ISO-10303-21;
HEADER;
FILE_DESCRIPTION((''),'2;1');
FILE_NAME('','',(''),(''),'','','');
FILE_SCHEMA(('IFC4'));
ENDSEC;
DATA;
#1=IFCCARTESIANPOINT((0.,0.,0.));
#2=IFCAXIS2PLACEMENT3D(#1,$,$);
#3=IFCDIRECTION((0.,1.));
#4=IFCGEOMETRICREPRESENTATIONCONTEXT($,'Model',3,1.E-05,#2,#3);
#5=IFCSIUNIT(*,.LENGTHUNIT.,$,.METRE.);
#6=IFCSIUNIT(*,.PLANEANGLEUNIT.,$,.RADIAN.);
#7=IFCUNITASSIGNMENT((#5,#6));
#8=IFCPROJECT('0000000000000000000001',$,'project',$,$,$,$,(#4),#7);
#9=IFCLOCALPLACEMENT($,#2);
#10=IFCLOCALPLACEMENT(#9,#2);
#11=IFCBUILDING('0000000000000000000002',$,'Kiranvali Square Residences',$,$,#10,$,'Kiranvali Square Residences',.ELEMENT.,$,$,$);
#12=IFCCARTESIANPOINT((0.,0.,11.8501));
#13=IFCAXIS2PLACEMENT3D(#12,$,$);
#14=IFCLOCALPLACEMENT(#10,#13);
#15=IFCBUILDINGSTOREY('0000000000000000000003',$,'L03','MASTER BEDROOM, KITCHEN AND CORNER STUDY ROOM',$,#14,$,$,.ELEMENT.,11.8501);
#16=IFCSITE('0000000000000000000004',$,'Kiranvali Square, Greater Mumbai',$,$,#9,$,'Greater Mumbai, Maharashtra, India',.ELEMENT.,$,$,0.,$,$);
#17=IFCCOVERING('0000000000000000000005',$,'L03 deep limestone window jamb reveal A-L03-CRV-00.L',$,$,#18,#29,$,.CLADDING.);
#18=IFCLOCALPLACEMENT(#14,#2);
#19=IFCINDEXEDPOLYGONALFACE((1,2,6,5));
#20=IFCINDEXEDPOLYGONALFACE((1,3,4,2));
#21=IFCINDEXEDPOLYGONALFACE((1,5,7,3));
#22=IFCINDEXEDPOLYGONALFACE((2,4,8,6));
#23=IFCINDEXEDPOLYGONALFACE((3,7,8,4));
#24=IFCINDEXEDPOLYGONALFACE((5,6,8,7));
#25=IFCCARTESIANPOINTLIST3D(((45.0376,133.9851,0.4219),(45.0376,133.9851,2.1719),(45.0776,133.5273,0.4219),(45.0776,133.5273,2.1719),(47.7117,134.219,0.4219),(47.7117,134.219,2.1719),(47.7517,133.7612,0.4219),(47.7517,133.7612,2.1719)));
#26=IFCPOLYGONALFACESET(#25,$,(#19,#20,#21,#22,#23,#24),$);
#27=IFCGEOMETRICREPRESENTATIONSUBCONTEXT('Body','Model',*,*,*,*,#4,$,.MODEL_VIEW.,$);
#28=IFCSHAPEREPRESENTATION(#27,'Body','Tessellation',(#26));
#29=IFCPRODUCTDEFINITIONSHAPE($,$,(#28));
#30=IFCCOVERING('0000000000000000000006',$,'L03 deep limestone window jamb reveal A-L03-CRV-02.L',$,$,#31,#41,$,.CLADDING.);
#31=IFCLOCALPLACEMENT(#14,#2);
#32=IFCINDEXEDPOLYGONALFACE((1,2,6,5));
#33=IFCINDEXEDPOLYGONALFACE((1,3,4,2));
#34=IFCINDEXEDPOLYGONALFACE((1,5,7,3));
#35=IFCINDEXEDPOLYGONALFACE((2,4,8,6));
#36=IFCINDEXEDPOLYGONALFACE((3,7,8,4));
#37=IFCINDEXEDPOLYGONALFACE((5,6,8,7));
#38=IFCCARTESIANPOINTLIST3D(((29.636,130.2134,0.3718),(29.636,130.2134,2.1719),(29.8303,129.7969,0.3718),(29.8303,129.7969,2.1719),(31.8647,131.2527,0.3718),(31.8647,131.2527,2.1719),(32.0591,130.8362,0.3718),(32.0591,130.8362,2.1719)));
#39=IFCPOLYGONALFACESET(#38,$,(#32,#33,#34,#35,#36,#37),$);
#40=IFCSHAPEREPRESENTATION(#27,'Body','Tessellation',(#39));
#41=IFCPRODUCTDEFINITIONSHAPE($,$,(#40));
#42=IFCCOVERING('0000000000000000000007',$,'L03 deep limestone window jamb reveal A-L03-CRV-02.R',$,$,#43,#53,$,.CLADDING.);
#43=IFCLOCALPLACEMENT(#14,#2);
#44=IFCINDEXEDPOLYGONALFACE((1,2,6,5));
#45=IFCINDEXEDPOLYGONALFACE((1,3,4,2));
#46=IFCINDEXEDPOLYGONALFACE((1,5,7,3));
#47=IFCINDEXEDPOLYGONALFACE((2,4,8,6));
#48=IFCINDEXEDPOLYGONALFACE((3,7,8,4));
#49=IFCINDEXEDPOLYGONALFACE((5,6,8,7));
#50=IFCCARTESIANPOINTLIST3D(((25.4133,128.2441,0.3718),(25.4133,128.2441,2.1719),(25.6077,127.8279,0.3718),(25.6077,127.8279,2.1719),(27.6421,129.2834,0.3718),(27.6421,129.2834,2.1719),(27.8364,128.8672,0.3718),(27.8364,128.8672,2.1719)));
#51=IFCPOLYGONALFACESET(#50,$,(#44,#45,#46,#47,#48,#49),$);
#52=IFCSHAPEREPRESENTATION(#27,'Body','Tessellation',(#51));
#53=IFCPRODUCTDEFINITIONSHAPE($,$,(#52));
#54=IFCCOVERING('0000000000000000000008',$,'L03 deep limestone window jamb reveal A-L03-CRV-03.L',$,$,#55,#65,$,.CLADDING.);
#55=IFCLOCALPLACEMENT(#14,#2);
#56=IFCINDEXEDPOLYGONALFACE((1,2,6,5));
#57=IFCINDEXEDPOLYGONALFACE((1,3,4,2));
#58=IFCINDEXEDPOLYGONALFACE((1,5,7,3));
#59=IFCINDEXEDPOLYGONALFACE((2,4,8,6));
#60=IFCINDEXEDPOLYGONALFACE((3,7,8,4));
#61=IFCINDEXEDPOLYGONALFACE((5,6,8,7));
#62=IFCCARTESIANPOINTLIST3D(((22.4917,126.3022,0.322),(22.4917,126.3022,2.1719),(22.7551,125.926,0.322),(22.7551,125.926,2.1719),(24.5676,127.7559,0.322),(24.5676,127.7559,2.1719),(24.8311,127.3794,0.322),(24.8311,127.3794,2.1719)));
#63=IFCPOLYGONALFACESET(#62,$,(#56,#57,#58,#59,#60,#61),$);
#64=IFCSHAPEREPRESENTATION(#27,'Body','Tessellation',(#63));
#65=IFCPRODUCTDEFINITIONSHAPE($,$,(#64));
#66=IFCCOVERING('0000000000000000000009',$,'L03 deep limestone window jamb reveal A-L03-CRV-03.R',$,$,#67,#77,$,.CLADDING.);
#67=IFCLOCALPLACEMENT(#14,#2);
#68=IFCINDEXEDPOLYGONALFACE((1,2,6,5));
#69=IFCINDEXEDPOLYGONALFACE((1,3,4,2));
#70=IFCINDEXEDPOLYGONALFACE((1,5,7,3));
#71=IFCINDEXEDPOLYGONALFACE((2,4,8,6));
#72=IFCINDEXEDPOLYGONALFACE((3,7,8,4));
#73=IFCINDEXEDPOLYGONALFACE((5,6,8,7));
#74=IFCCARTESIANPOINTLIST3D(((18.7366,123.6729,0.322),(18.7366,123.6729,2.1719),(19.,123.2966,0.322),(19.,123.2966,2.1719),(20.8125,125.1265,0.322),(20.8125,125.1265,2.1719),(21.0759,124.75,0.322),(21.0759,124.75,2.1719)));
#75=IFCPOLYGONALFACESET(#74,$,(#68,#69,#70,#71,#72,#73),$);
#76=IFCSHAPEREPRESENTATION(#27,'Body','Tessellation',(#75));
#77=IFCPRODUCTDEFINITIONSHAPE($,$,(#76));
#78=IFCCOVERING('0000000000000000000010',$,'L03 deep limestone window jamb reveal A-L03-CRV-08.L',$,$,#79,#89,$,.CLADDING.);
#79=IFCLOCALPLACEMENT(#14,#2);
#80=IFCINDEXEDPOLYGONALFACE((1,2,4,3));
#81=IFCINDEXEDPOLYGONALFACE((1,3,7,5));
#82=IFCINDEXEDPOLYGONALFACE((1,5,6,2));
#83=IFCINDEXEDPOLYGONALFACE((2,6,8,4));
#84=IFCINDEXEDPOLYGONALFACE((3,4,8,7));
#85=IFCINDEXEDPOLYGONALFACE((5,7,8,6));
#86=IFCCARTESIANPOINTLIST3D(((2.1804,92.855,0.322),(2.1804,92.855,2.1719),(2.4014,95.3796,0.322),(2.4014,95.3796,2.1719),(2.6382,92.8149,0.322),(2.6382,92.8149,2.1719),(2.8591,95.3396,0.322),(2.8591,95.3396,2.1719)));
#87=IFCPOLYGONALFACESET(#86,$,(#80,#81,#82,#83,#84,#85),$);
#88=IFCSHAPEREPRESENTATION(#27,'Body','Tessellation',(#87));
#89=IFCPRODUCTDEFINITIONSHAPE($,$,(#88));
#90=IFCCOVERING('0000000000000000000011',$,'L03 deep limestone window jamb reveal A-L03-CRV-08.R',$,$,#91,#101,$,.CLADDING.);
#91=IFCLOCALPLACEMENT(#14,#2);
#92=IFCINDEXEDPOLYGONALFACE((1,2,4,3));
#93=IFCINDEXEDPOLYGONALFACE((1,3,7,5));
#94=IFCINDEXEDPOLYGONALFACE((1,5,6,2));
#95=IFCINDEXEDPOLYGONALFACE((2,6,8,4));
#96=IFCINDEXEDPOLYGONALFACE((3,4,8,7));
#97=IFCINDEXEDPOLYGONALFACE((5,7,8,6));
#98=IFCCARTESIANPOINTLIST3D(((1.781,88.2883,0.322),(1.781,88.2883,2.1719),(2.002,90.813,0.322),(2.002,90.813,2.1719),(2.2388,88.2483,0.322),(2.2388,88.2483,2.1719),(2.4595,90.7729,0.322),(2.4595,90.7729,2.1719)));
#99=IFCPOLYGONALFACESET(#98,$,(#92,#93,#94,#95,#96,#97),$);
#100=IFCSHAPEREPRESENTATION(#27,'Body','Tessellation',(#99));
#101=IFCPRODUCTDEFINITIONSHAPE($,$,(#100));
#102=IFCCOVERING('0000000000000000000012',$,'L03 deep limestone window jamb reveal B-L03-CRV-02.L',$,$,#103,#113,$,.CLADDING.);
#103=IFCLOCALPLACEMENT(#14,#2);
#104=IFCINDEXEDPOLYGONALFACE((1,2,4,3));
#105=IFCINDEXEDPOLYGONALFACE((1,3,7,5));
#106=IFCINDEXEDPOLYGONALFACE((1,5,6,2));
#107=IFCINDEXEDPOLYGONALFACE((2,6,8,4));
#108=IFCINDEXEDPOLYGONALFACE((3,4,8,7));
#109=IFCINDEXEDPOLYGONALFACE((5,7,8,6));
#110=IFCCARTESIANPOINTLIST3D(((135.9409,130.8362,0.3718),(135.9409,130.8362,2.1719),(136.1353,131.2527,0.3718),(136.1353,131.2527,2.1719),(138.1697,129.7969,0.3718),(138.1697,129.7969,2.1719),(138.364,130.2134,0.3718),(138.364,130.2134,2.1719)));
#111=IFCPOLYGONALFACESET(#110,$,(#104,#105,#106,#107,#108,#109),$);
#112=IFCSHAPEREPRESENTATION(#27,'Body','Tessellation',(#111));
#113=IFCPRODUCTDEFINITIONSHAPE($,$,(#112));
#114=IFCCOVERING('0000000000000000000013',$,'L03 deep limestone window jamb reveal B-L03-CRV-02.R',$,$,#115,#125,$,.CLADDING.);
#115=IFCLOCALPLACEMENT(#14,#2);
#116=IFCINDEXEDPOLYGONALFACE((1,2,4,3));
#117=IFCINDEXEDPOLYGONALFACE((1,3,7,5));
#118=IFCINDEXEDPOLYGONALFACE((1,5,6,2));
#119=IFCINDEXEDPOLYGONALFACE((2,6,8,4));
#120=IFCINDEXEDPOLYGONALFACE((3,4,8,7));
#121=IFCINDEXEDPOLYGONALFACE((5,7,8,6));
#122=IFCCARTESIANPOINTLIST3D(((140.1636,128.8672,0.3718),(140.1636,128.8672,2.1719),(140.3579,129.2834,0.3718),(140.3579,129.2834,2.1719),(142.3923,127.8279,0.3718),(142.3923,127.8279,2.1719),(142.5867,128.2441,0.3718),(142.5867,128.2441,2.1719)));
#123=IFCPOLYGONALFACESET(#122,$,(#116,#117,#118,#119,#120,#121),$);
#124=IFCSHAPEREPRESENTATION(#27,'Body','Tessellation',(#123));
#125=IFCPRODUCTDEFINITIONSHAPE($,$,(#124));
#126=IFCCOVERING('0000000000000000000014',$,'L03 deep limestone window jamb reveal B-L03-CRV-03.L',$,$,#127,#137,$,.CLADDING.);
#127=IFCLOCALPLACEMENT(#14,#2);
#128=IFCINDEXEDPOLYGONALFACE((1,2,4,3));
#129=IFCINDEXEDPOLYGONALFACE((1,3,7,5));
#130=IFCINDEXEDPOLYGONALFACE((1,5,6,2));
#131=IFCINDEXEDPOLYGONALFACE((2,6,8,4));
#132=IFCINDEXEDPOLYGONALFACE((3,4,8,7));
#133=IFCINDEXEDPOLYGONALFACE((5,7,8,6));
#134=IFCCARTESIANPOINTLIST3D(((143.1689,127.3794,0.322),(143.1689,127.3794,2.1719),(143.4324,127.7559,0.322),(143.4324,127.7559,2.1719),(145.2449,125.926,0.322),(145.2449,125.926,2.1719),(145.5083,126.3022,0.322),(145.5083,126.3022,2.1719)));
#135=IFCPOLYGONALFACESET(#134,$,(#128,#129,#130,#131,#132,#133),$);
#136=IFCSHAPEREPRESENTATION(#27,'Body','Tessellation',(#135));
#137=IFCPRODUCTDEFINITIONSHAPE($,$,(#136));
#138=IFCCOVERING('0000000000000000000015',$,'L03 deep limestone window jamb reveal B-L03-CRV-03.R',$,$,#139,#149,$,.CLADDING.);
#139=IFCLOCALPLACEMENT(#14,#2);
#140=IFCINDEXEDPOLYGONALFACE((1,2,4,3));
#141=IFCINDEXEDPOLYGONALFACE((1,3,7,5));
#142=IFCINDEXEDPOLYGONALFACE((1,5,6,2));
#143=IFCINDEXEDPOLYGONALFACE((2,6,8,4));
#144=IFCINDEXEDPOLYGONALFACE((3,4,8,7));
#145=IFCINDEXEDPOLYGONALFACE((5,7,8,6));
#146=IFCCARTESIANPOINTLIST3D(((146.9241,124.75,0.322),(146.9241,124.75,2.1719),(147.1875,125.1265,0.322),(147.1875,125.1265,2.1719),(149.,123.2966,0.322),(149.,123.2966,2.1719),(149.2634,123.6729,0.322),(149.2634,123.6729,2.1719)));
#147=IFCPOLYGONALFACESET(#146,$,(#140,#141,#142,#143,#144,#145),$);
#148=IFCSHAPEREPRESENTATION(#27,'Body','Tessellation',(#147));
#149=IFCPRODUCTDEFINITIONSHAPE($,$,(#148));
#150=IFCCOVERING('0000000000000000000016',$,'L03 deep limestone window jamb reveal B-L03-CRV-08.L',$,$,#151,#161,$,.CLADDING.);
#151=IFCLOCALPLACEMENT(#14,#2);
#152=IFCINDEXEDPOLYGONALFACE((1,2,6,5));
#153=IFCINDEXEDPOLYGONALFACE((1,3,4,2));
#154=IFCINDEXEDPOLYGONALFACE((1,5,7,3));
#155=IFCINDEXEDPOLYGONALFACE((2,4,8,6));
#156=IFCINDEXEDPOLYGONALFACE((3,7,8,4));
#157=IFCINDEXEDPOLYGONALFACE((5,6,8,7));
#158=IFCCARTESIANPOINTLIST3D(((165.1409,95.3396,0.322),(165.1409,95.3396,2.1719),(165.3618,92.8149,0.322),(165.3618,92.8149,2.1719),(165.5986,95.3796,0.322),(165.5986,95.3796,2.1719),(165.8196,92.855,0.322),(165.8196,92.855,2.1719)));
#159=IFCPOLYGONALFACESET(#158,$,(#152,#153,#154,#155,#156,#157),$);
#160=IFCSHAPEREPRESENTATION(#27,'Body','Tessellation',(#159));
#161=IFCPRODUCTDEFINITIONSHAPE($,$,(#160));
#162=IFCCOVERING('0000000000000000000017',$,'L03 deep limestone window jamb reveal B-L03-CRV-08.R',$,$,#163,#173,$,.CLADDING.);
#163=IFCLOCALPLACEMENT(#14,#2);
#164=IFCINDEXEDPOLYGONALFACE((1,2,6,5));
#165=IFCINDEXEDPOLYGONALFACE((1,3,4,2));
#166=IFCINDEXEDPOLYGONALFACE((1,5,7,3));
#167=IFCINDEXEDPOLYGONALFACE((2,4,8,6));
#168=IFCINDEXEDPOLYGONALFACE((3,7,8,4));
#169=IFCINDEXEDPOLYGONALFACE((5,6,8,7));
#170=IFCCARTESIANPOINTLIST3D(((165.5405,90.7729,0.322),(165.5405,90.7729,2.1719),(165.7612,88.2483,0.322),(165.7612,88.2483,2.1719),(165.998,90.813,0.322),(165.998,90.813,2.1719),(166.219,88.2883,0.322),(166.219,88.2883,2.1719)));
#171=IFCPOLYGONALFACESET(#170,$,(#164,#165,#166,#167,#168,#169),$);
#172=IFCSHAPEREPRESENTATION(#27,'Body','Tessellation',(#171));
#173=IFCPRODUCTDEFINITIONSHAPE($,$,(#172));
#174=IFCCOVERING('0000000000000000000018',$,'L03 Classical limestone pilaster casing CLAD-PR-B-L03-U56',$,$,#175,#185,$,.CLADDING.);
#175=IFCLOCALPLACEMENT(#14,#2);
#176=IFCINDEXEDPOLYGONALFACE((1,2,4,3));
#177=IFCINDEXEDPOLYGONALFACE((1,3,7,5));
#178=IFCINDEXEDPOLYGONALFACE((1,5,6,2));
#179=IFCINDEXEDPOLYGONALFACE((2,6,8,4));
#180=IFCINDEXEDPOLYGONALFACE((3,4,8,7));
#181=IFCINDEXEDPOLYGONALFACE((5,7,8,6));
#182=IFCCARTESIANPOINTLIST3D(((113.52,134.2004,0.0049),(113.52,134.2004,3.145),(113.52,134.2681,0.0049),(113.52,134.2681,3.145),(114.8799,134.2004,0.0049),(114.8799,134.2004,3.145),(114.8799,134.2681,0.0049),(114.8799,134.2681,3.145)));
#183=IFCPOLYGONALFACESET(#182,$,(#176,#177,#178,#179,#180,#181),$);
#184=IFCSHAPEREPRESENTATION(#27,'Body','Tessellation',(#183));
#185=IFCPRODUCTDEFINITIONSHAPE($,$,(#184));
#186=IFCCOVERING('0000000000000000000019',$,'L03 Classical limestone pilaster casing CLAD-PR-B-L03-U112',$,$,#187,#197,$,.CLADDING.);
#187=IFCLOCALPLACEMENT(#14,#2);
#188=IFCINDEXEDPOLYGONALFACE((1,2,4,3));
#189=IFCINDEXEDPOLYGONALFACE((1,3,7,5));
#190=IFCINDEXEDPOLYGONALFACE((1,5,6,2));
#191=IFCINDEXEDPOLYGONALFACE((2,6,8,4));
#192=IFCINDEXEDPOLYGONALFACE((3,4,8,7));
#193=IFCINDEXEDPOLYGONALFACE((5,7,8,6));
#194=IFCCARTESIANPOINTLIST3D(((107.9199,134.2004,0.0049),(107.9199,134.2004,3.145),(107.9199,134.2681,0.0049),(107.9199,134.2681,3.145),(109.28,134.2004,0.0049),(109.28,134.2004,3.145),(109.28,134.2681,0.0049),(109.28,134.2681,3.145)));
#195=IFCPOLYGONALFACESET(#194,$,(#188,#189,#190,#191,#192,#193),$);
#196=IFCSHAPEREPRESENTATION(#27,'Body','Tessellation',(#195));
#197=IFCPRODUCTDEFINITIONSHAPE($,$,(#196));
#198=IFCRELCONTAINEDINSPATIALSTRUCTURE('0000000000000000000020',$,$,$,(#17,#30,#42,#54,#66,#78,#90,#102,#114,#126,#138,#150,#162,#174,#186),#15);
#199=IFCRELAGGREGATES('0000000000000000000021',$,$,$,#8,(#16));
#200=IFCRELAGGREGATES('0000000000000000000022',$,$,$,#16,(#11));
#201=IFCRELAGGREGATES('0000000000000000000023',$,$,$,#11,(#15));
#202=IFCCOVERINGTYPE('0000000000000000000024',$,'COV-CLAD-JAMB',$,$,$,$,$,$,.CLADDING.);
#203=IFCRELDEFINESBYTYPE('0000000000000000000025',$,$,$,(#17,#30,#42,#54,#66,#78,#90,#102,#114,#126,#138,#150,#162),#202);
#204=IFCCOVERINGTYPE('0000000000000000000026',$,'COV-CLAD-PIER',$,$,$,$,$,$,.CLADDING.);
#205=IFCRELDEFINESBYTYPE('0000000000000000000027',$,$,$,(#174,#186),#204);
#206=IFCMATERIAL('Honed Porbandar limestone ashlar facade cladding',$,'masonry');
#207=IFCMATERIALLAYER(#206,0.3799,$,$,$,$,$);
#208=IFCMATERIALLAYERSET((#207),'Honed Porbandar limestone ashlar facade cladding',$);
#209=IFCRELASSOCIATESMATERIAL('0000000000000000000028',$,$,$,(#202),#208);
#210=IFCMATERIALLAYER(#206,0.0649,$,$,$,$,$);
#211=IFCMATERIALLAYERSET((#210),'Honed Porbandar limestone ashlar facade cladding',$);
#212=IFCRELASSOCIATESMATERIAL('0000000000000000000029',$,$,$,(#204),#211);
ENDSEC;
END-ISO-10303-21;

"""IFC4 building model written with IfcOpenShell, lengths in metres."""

from ifc_helpers import new_model, si_unit, direction, frame, origin, place, context, subcontext, project, spatial, polyline, outline, extrude, material, layer, layer_set, type_object, element, save


model = new_model("IFC4")

# Units and contexts
model_context = context("Model", 3, precision=1e-05, world=origin(), true_north=direction((0.0, 1.0)))
body_context = subcontext(model_context, "Body", "Model", "MODEL_VIEW")
ifc_project = project(units=[si_unit("LENGTHUNIT", "METRE"), si_unit("PLANEANGLEUNIT", "RADIAN")], contexts=[model_context])

# Site, building, storey
site_placement = place(None, origin())
site = spatial("IfcSite", under=ifc_project, at=site_placement, Name="Kiranvali Square, Greater Mumbai", LongName="Greater Mumbai, Maharashtra, India", CompositionType="ELEMENT", RefElevation=0.0)
building_placement = place(site_placement, origin())
building = spatial("IfcBuilding", under=site, at=building_placement, Name="Kiranvali Square Residences", LongName="Kiranvali Square Residences", CompositionType="ELEMENT")
storey_placement = place(building_placement, frame((0.0, 0.0, 11.8501)))
storey = spatial("IfcBuildingStorey", under=building, at=storey_placement, Name="L03", Description="MASTER BEDROOM, KITCHEN AND CORNER STUDY ROOM", CompositionType="ELEMENT", Elevation=11.8501)

# Coverings
ifc_material = material(Name="Honed Porbandar limestone ashlar facade cladding", Category="masonry")
ifc_layer_1 = layer(ifc_material, 0.3799)
ifc_layer_set_1 = layer_set([ifc_layer_1], Name="Honed Porbandar limestone ashlar facade cladding")
covering_type_1 = type_object("IfcCoveringType", Name="COV-CLAD-JAMB", PredefinedType="CLADDING", material=ifc_layer_set_1)
covering_1_placement = place(storey_placement, frame((0.0, 0.0, 0.4219)))
element("IfcCovering", 1, at=covering_1_placement, inside=storey, type_object=covering_type_1, Name="L03 deep limestone window jamb reveal A-L03-CRV-00.L", PredefinedType="CLADDING", context=body_context, shape_type="SweptSolid", body=[
    extrude(outline(polyline([(47.7117, 134.219), (45.0376, 133.9851), (45.0776, 133.5273), (47.7517, 133.7612), (47.7117, 134.219)])), origin(), (0.0, 0.0, 1.0), 1.75),
])
covering_2_placement = place(storey_placement, frame((0.0, 0.0, 0.3718)))
element("IfcCovering", 2, at=covering_2_placement, inside=storey, type_object=covering_type_1, Name="L03 deep limestone window jamb reveal A-L03-CRV-02.L", PredefinedType="CLADDING", context=body_context, shape_type="SweptSolid", body=[
    extrude(outline(polyline([(31.8647, 131.2527), (29.636, 130.2134), (29.8303, 129.7969), (32.0591, 130.8362), (31.8647, 131.2527)])), origin(), (0.0, 0.0, 1.0), 1.8),
])
covering_3_placement = place(storey_placement, frame((0.0, 0.0, 0.3718)))
element("IfcCovering", 3, at=covering_3_placement, inside=storey, type_object=covering_type_1, Name="L03 deep limestone window jamb reveal A-L03-CRV-02.R", PredefinedType="CLADDING", context=body_context, shape_type="SweptSolid", body=[
    extrude(outline(polyline([(27.6421, 129.2834), (25.4133, 128.2441), (25.6077, 127.8279), (27.8364, 128.8672), (27.6421, 129.2834)])), origin(), (0.0, 0.0, 1.0), 1.8),
])
covering_4_placement = place(storey_placement, frame((0.0, 0.0, 0.322)))
element("IfcCovering", 4, at=covering_4_placement, inside=storey, type_object=covering_type_1, Name="L03 deep limestone window jamb reveal A-L03-CRV-03.L", PredefinedType="CLADDING", context=body_context, shape_type="SweptSolid", body=[
    extrude(outline(polyline([(24.5676, 127.7559), (22.4917, 126.3022), (22.7551, 125.926), (24.8311, 127.3794), (24.5676, 127.7559)])), origin(), (0.0, 0.0, 1.0), 1.8499),
])
covering_5_placement = place(storey_placement, frame((0.0, 0.0, 0.322)))
element("IfcCovering", 5, at=covering_5_placement, inside=storey, type_object=covering_type_1, Name="L03 deep limestone window jamb reveal A-L03-CRV-03.R", PredefinedType="CLADDING", context=body_context, shape_type="SweptSolid", body=[
    extrude(outline(polyline([(20.8125, 125.1265), (18.7366, 123.6729), (19.0, 123.2966), (21.0759, 124.75), (20.8125, 125.1265)])), origin(), (0.0, 0.0, 1.0), 1.8499),
])
covering_6_placement = place(storey_placement, frame((0.0, 0.0, 0.322)))
element("IfcCovering", 6, at=covering_6_placement, inside=storey, type_object=covering_type_1, Name="L03 deep limestone window jamb reveal A-L03-CRV-08.L", PredefinedType="CLADDING", context=body_context, shape_type="SweptSolid", body=[
    extrude(outline(polyline([(2.4014, 95.3796), (2.1804, 92.855), (2.6382, 92.8149), (2.8591, 95.3396), (2.4014, 95.3796)])), origin(), (0.0, 0.0, 1.0), 1.8499),
])
covering_7_placement = place(storey_placement, frame((0.0, 0.0, 0.322)))
element("IfcCovering", 7, at=covering_7_placement, inside=storey, type_object=covering_type_1, Name="L03 deep limestone window jamb reveal A-L03-CRV-08.R", PredefinedType="CLADDING", context=body_context, shape_type="SweptSolid", body=[
    extrude(outline(polyline([(2.002, 90.813), (1.781, 88.2883), (2.2388, 88.2483), (2.4595, 90.7729), (2.002, 90.813)])), origin(), (0.0, 0.0, 1.0), 1.8499),
])
covering_8_placement = place(storey_placement, frame((0.0, 0.0, 0.3718)))
element("IfcCovering", 8, at=covering_8_placement, inside=storey, type_object=covering_type_1, Name="L03 deep limestone window jamb reveal B-L03-CRV-02.L", PredefinedType="CLADDING", context=body_context, shape_type="SweptSolid", body=[
    extrude(outline(polyline([(135.9409, 130.8362), (138.1697, 129.7969), (138.364, 130.2134), (136.1353, 131.2527), (135.9409, 130.8362)])), origin(), (0.0, 0.0, 1.0), 1.8),
])
covering_9_placement = place(storey_placement, frame((0.0, 0.0, 0.3718)))
element("IfcCovering", 9, at=covering_9_placement, inside=storey, type_object=covering_type_1, Name="L03 deep limestone window jamb reveal B-L03-CRV-02.R", PredefinedType="CLADDING", context=body_context, shape_type="SweptSolid", body=[
    extrude(outline(polyline([(140.1636, 128.8672), (142.3923, 127.8279), (142.5867, 128.2441), (140.3579, 129.2834), (140.1636, 128.8672)])), origin(), (0.0, 0.0, 1.0), 1.8),
])
covering_10_placement = place(storey_placement, frame((0.0, 0.0, 0.322)))
element("IfcCovering", 10, at=covering_10_placement, inside=storey, type_object=covering_type_1, Name="L03 deep limestone window jamb reveal B-L03-CRV-03.L", PredefinedType="CLADDING", context=body_context, shape_type="SweptSolid", body=[
    extrude(outline(polyline([(143.1689, 127.3794), (145.2449, 125.926), (145.5083, 126.3022), (143.4324, 127.7559), (143.1689, 127.3794)])), origin(), (0.0, 0.0, 1.0), 1.8499),
])
covering_11_placement = place(storey_placement, frame((0.0, 0.0, 0.322)))
element("IfcCovering", 11, at=covering_11_placement, inside=storey, type_object=covering_type_1, Name="L03 deep limestone window jamb reveal B-L03-CRV-03.R", PredefinedType="CLADDING", context=body_context, shape_type="SweptSolid", body=[
    extrude(outline(polyline([(146.9241, 124.75), (149.0, 123.2966), (149.2634, 123.6729), (147.1875, 125.1265), (146.9241, 124.75)])), origin(), (0.0, 0.0, 1.0), 1.8499),
])
covering_12_placement = place(storey_placement, frame((0.0, 0.0, 0.322)))
element("IfcCovering", 12, at=covering_12_placement, inside=storey, type_object=covering_type_1, Name="L03 deep limestone window jamb reveal B-L03-CRV-08.L", PredefinedType="CLADDING", context=body_context, shape_type="SweptSolid", body=[
    extrude(outline(polyline([(165.1409, 95.3396), (165.3618, 92.8149), (165.8196, 92.855), (165.5986, 95.3796), (165.1409, 95.3396)])), origin(), (0.0, 0.0, 1.0), 1.8499),
])
covering_13_placement = place(storey_placement, frame((0.0, 0.0, 0.322)))
element("IfcCovering", 13, at=covering_13_placement, inside=storey, type_object=covering_type_1, Name="L03 deep limestone window jamb reveal B-L03-CRV-08.R", PredefinedType="CLADDING", context=body_context, shape_type="SweptSolid", body=[
    extrude(outline(polyline([(165.5405, 90.7729), (165.7612, 88.2483), (166.219, 88.2883), (165.998, 90.813), (165.5405, 90.7729)])), origin(), (0.0, 0.0, 1.0), 1.8499),
])
ifc_layer_2 = layer(ifc_material, 0.0649)
ifc_layer_set_2 = layer_set([ifc_layer_2], Name="Honed Porbandar limestone ashlar facade cladding")
covering_type_2 = type_object("IfcCoveringType", Name="COV-CLAD-PIER", PredefinedType="CLADDING", material=ifc_layer_set_2)
covering_14_placement = place(storey_placement, frame((0.0, 0.0, 0.0049)))
element("IfcCovering", 14, at=covering_14_placement, inside=storey, type_object=covering_type_2, Name="L03 Classical limestone pilaster casing CLAD-PR-B-L03-U56", PredefinedType="CLADDING", context=body_context, shape_type="SweptSolid", body=[
    extrude(outline(polyline([(114.8799, 134.2681), (113.52, 134.2681), (113.52, 134.2004), (114.8799, 134.2004), (114.8799, 134.2681)])), origin(), (0.0, 0.0, 1.0), 3.1401),
])
covering_15_placement = place(storey_placement, frame((0.0, 0.0, 0.0049)))
element("IfcCovering", 15, at=covering_15_placement, inside=storey, type_object=covering_type_2, Name="L03 Classical limestone pilaster casing CLAD-PR-B-L03-U112", PredefinedType="CLADDING", context=body_context, shape_type="SweptSolid", body=[
    extrude(outline(polyline([(109.28, 134.2681), (107.9199, 134.2681), (107.9199, 134.2004), (109.28, 134.2004), (109.28, 134.2681)])), origin(), (0.0, 0.0, 1.0), 3.1401),
])

save(model, "model.ifc")
